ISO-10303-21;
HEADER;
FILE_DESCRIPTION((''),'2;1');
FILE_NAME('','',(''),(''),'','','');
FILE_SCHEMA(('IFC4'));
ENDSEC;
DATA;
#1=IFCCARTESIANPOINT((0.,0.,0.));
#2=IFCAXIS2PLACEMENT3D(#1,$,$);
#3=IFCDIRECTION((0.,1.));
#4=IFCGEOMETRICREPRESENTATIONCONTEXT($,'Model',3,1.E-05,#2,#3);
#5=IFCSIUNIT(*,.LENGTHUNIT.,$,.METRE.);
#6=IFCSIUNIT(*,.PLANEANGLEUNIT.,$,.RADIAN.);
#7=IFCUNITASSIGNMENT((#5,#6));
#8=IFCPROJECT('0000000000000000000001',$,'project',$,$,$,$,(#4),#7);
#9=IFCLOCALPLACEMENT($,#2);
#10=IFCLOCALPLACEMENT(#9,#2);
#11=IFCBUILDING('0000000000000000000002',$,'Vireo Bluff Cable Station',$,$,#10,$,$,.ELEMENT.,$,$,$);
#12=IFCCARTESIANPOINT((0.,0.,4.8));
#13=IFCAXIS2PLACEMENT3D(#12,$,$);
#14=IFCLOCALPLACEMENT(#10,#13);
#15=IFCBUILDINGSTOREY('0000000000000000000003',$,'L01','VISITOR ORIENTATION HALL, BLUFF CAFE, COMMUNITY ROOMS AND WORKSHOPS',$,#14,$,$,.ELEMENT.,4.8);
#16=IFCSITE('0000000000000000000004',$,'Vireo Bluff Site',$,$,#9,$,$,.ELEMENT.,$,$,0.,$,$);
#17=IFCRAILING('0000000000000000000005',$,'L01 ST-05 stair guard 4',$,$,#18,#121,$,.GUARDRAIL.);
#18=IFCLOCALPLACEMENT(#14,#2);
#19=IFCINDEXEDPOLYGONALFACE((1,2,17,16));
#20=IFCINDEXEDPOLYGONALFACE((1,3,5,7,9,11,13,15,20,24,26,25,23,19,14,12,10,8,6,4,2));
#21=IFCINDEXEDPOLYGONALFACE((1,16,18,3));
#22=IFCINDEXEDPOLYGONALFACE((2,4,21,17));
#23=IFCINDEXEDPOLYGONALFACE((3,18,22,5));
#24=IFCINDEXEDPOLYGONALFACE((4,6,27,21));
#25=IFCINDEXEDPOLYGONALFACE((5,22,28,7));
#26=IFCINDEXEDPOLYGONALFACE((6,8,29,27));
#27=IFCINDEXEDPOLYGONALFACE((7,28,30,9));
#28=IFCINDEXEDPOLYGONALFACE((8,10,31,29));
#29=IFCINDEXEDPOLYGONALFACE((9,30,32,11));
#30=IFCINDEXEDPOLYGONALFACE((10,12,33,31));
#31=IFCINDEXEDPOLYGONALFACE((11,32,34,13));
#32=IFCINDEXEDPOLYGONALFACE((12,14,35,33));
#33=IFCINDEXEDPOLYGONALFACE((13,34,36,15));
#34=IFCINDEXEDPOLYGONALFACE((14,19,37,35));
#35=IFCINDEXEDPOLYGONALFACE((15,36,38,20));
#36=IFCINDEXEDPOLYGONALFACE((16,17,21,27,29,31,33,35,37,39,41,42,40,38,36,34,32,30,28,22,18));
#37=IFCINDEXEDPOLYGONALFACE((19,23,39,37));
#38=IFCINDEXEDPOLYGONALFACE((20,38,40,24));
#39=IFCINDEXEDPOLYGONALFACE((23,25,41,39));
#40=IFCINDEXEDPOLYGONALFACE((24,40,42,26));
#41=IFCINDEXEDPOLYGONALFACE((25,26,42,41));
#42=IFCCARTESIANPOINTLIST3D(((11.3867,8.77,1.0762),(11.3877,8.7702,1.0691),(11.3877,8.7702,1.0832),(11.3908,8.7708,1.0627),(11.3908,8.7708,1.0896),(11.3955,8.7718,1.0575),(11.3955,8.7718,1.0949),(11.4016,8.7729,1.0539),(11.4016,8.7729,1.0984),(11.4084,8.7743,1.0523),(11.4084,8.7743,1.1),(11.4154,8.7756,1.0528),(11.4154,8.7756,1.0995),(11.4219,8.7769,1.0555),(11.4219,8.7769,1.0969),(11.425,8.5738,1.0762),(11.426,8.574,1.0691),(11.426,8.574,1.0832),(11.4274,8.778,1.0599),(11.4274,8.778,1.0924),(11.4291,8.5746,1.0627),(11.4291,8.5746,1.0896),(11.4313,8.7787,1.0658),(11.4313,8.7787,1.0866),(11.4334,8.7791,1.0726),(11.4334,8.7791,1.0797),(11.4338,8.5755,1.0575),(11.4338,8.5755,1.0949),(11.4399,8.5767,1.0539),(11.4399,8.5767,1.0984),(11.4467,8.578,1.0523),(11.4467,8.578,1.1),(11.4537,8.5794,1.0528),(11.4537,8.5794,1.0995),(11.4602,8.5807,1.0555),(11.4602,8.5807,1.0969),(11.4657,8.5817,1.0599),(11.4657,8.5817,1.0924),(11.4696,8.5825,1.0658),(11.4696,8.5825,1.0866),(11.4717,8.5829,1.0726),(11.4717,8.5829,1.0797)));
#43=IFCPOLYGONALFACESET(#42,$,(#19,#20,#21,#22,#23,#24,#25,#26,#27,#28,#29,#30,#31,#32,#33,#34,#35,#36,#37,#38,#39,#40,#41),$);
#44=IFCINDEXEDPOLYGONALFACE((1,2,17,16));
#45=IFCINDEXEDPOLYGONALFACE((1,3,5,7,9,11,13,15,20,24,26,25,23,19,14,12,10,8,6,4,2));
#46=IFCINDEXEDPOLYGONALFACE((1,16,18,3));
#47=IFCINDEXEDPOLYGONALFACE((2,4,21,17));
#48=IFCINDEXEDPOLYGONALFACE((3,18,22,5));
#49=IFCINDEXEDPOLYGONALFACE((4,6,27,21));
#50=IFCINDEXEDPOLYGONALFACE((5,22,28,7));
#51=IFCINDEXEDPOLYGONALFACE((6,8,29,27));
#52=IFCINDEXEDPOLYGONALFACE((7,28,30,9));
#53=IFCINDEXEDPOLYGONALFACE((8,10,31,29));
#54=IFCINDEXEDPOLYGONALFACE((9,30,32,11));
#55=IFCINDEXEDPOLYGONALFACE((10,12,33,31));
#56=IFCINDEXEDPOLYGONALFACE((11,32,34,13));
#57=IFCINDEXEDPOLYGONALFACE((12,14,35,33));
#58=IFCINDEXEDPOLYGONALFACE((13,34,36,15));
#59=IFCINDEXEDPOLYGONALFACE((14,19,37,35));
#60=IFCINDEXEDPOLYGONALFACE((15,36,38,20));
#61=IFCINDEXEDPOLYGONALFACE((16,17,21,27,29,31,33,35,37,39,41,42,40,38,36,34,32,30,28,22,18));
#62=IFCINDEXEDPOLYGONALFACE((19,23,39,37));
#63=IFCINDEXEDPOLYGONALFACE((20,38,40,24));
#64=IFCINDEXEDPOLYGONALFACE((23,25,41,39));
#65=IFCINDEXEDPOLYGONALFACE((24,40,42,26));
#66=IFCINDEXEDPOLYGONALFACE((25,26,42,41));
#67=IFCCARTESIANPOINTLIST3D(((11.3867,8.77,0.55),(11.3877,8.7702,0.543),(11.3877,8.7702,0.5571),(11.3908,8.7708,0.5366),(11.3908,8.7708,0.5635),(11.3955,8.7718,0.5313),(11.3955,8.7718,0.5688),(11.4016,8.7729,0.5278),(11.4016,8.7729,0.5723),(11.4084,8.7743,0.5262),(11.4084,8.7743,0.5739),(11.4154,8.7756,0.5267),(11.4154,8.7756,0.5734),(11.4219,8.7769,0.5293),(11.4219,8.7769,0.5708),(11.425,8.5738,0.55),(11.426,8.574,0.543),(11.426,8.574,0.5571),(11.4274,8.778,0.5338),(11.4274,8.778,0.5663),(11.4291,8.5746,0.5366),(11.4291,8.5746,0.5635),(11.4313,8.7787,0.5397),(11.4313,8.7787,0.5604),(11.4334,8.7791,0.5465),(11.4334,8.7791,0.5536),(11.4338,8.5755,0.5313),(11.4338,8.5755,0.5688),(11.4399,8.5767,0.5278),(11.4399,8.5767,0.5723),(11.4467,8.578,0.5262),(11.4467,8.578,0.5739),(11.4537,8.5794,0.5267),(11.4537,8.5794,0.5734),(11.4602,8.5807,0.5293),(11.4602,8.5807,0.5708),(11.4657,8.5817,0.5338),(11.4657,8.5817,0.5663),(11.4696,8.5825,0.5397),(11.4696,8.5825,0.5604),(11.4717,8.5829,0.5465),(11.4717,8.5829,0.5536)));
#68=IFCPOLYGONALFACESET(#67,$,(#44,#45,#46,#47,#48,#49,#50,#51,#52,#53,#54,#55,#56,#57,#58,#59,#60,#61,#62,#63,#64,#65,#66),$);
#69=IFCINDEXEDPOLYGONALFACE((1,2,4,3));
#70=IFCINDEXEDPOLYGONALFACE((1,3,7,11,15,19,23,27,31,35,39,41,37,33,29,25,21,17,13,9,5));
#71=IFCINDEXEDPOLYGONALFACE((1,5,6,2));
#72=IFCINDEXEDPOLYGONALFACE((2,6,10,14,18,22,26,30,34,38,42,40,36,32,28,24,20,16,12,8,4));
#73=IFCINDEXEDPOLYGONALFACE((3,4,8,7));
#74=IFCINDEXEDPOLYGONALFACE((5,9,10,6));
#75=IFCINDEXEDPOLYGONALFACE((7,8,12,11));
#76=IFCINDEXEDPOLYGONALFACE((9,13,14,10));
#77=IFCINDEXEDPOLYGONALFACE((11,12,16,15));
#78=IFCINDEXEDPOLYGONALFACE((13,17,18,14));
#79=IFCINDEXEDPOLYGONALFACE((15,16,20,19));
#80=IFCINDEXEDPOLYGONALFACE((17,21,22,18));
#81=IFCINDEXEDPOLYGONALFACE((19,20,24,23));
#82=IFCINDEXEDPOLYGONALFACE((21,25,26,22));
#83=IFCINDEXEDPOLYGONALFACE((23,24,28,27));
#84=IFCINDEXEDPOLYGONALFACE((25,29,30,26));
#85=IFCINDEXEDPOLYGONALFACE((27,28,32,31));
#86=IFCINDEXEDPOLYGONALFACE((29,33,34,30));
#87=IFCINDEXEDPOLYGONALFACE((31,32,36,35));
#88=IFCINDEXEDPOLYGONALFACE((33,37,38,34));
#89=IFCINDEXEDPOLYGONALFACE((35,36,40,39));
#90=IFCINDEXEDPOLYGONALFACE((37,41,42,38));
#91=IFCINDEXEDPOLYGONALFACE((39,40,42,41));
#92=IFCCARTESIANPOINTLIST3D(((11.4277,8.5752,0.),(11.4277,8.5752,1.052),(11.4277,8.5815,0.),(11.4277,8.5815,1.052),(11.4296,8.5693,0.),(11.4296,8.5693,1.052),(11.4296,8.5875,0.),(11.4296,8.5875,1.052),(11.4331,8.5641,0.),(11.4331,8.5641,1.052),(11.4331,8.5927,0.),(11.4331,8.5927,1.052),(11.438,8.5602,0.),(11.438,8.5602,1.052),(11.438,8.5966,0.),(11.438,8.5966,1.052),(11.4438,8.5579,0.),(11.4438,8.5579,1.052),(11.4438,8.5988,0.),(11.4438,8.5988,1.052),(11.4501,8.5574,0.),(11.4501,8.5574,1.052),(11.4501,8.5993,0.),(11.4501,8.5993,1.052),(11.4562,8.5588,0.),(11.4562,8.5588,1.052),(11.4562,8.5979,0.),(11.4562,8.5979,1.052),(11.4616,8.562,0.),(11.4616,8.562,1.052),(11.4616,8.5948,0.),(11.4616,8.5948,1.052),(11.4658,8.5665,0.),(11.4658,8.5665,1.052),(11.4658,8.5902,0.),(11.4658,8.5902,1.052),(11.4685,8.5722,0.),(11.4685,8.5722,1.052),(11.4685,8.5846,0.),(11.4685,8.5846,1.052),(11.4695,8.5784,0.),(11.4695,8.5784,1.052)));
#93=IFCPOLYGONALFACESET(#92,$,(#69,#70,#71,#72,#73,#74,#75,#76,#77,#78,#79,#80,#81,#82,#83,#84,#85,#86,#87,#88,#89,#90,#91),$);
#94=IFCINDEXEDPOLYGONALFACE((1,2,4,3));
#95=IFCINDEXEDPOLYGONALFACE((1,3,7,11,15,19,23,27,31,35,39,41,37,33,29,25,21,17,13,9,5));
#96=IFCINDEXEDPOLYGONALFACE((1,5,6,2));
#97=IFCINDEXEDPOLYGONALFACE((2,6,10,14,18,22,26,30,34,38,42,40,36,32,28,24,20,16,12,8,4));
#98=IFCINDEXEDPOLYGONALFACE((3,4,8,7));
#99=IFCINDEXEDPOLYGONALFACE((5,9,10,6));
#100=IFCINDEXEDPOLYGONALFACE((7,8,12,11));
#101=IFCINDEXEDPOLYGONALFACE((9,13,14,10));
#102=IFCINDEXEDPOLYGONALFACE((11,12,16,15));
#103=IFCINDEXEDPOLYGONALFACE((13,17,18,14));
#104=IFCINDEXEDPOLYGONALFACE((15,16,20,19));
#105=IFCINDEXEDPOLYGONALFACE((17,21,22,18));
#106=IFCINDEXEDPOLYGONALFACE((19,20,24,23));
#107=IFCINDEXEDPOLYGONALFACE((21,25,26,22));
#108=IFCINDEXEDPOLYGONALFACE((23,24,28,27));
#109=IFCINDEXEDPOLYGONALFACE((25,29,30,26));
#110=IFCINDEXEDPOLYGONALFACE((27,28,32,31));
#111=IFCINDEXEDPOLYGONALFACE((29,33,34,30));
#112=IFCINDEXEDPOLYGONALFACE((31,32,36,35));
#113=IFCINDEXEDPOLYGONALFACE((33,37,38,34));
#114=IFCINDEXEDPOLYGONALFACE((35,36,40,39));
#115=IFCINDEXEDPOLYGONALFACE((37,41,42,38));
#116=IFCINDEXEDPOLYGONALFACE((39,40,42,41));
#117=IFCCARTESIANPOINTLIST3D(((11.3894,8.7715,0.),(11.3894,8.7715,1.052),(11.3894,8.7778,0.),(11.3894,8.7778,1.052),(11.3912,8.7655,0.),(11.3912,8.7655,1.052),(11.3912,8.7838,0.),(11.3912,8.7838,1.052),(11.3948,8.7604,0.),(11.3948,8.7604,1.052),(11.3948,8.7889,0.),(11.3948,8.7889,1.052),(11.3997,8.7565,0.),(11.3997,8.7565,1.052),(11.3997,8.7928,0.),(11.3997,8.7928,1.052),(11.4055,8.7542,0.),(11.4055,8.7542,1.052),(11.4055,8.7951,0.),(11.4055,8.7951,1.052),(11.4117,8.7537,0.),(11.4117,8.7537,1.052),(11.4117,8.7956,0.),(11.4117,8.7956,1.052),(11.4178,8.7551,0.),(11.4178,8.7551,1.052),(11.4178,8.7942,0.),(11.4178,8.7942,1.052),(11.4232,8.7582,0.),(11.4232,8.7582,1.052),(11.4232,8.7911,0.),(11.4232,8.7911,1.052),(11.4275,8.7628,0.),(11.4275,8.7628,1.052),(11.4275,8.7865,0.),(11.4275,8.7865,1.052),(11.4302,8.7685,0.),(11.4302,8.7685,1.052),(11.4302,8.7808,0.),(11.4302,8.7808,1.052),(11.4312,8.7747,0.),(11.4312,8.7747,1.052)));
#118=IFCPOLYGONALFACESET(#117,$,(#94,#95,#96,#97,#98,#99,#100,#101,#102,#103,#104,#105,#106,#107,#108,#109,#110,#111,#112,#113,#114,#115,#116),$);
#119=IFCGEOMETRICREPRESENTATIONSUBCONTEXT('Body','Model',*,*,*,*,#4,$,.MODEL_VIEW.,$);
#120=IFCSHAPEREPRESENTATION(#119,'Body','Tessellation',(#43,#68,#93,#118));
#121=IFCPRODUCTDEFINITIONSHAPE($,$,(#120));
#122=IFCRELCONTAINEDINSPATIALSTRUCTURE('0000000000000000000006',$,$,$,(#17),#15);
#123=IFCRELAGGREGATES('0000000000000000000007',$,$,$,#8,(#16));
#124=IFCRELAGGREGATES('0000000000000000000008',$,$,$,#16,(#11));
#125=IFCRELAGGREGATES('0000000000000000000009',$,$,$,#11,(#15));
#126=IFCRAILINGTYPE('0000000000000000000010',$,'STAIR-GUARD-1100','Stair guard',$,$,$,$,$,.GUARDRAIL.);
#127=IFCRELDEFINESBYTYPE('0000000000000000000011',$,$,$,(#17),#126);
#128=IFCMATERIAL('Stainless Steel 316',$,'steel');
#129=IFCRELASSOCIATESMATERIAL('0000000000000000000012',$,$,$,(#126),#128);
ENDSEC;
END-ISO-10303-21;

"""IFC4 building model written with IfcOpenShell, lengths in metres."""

from ifc_helpers import new_model, si_unit, direction, frame, origin, origin_2d, place, context, subcontext, project, spatial, circle, extrude, material, type_object, element, save


model = new_model("IFC4")

# Units and contexts
model_context = context("Model", 3, precision=1e-05, world=origin(), true_north=direction((0.0, 1.0)))
body_context = subcontext(model_context, "Body", "Model", "MODEL_VIEW")
ifc_project = project(units=[si_unit("LENGTHUNIT", "METRE"), si_unit("PLANEANGLEUNIT", "RADIAN")], contexts=[model_context])

# Site, building, storey
site_placement = place(None, origin())
site = spatial("IfcSite", under=ifc_project, at=site_placement, Name="Vireo Bluff Site", CompositionType="ELEMENT", RefElevation=0.0)
building_placement = place(site_placement, origin())
building = spatial("IfcBuilding", under=site, at=building_placement, Name="Vireo Bluff Cable Station", CompositionType="ELEMENT")
storey_placement = place(building_placement, frame((0.0, 0.0, 4.8)))
storey = spatial("IfcBuildingStorey", under=building, at=storey_placement, Name="L01", Description="VISITOR ORIENTATION HALL, BLUFF CAFE, COMMUNITY ROOMS AND WORKSHOPS", CompositionType="ELEMENT", Elevation=4.8)

# Shared definitions
ifc_material_1 = material(Name="Stainless Steel 316", Category="steel")

# Railing
railing_type_1 = type_object("IfcRailingType", Name="STAIR-GUARD-1100", Description="Stair guard", PredefinedType="GUARDRAIL", material=ifc_material_1)
railing_1_placement = place(storey_placement, frame((11.4485, 8.5784, 0.0)))
element("IfcRailing", 1, at=railing_1_placement, inside=storey, type_object=railing_type_1, Name="L01 ST-05 stair guard 4", PredefinedType="GUARDRAIL", context=body_context, shape_type="SweptSolid", body=[
    extrude(circle(Radius=0.0239, at=origin_2d()), frame((0.0, 0.0, 1.0762), z_axis=(-0.191654, 0.981463, 0.0), x_axis=(-0.981463, -0.191654, 0.0)), (0.0, 0.0, 1.0), 0.2),
    extrude(circle(Radius=0.0239, at=origin_2d()), frame((0.0, 0.0, 0.55), z_axis=(-0.191654, 0.981463, 0.0), x_axis=(-0.981463, -0.191654, 0.0)), (0.0, 0.0, 1.0), 0.2),
    extrude(circle(Radius=0.021, at=origin_2d()), origin(), (0.0, 0.0, 1.0), 1.052),
    extrude(circle(Radius=0.021, at=origin_2d()), frame((-0.0383, 0.1963, 0.0)), (0.0, 0.0, 1.0), 1.052),
])

save(model, "model.ifc")
